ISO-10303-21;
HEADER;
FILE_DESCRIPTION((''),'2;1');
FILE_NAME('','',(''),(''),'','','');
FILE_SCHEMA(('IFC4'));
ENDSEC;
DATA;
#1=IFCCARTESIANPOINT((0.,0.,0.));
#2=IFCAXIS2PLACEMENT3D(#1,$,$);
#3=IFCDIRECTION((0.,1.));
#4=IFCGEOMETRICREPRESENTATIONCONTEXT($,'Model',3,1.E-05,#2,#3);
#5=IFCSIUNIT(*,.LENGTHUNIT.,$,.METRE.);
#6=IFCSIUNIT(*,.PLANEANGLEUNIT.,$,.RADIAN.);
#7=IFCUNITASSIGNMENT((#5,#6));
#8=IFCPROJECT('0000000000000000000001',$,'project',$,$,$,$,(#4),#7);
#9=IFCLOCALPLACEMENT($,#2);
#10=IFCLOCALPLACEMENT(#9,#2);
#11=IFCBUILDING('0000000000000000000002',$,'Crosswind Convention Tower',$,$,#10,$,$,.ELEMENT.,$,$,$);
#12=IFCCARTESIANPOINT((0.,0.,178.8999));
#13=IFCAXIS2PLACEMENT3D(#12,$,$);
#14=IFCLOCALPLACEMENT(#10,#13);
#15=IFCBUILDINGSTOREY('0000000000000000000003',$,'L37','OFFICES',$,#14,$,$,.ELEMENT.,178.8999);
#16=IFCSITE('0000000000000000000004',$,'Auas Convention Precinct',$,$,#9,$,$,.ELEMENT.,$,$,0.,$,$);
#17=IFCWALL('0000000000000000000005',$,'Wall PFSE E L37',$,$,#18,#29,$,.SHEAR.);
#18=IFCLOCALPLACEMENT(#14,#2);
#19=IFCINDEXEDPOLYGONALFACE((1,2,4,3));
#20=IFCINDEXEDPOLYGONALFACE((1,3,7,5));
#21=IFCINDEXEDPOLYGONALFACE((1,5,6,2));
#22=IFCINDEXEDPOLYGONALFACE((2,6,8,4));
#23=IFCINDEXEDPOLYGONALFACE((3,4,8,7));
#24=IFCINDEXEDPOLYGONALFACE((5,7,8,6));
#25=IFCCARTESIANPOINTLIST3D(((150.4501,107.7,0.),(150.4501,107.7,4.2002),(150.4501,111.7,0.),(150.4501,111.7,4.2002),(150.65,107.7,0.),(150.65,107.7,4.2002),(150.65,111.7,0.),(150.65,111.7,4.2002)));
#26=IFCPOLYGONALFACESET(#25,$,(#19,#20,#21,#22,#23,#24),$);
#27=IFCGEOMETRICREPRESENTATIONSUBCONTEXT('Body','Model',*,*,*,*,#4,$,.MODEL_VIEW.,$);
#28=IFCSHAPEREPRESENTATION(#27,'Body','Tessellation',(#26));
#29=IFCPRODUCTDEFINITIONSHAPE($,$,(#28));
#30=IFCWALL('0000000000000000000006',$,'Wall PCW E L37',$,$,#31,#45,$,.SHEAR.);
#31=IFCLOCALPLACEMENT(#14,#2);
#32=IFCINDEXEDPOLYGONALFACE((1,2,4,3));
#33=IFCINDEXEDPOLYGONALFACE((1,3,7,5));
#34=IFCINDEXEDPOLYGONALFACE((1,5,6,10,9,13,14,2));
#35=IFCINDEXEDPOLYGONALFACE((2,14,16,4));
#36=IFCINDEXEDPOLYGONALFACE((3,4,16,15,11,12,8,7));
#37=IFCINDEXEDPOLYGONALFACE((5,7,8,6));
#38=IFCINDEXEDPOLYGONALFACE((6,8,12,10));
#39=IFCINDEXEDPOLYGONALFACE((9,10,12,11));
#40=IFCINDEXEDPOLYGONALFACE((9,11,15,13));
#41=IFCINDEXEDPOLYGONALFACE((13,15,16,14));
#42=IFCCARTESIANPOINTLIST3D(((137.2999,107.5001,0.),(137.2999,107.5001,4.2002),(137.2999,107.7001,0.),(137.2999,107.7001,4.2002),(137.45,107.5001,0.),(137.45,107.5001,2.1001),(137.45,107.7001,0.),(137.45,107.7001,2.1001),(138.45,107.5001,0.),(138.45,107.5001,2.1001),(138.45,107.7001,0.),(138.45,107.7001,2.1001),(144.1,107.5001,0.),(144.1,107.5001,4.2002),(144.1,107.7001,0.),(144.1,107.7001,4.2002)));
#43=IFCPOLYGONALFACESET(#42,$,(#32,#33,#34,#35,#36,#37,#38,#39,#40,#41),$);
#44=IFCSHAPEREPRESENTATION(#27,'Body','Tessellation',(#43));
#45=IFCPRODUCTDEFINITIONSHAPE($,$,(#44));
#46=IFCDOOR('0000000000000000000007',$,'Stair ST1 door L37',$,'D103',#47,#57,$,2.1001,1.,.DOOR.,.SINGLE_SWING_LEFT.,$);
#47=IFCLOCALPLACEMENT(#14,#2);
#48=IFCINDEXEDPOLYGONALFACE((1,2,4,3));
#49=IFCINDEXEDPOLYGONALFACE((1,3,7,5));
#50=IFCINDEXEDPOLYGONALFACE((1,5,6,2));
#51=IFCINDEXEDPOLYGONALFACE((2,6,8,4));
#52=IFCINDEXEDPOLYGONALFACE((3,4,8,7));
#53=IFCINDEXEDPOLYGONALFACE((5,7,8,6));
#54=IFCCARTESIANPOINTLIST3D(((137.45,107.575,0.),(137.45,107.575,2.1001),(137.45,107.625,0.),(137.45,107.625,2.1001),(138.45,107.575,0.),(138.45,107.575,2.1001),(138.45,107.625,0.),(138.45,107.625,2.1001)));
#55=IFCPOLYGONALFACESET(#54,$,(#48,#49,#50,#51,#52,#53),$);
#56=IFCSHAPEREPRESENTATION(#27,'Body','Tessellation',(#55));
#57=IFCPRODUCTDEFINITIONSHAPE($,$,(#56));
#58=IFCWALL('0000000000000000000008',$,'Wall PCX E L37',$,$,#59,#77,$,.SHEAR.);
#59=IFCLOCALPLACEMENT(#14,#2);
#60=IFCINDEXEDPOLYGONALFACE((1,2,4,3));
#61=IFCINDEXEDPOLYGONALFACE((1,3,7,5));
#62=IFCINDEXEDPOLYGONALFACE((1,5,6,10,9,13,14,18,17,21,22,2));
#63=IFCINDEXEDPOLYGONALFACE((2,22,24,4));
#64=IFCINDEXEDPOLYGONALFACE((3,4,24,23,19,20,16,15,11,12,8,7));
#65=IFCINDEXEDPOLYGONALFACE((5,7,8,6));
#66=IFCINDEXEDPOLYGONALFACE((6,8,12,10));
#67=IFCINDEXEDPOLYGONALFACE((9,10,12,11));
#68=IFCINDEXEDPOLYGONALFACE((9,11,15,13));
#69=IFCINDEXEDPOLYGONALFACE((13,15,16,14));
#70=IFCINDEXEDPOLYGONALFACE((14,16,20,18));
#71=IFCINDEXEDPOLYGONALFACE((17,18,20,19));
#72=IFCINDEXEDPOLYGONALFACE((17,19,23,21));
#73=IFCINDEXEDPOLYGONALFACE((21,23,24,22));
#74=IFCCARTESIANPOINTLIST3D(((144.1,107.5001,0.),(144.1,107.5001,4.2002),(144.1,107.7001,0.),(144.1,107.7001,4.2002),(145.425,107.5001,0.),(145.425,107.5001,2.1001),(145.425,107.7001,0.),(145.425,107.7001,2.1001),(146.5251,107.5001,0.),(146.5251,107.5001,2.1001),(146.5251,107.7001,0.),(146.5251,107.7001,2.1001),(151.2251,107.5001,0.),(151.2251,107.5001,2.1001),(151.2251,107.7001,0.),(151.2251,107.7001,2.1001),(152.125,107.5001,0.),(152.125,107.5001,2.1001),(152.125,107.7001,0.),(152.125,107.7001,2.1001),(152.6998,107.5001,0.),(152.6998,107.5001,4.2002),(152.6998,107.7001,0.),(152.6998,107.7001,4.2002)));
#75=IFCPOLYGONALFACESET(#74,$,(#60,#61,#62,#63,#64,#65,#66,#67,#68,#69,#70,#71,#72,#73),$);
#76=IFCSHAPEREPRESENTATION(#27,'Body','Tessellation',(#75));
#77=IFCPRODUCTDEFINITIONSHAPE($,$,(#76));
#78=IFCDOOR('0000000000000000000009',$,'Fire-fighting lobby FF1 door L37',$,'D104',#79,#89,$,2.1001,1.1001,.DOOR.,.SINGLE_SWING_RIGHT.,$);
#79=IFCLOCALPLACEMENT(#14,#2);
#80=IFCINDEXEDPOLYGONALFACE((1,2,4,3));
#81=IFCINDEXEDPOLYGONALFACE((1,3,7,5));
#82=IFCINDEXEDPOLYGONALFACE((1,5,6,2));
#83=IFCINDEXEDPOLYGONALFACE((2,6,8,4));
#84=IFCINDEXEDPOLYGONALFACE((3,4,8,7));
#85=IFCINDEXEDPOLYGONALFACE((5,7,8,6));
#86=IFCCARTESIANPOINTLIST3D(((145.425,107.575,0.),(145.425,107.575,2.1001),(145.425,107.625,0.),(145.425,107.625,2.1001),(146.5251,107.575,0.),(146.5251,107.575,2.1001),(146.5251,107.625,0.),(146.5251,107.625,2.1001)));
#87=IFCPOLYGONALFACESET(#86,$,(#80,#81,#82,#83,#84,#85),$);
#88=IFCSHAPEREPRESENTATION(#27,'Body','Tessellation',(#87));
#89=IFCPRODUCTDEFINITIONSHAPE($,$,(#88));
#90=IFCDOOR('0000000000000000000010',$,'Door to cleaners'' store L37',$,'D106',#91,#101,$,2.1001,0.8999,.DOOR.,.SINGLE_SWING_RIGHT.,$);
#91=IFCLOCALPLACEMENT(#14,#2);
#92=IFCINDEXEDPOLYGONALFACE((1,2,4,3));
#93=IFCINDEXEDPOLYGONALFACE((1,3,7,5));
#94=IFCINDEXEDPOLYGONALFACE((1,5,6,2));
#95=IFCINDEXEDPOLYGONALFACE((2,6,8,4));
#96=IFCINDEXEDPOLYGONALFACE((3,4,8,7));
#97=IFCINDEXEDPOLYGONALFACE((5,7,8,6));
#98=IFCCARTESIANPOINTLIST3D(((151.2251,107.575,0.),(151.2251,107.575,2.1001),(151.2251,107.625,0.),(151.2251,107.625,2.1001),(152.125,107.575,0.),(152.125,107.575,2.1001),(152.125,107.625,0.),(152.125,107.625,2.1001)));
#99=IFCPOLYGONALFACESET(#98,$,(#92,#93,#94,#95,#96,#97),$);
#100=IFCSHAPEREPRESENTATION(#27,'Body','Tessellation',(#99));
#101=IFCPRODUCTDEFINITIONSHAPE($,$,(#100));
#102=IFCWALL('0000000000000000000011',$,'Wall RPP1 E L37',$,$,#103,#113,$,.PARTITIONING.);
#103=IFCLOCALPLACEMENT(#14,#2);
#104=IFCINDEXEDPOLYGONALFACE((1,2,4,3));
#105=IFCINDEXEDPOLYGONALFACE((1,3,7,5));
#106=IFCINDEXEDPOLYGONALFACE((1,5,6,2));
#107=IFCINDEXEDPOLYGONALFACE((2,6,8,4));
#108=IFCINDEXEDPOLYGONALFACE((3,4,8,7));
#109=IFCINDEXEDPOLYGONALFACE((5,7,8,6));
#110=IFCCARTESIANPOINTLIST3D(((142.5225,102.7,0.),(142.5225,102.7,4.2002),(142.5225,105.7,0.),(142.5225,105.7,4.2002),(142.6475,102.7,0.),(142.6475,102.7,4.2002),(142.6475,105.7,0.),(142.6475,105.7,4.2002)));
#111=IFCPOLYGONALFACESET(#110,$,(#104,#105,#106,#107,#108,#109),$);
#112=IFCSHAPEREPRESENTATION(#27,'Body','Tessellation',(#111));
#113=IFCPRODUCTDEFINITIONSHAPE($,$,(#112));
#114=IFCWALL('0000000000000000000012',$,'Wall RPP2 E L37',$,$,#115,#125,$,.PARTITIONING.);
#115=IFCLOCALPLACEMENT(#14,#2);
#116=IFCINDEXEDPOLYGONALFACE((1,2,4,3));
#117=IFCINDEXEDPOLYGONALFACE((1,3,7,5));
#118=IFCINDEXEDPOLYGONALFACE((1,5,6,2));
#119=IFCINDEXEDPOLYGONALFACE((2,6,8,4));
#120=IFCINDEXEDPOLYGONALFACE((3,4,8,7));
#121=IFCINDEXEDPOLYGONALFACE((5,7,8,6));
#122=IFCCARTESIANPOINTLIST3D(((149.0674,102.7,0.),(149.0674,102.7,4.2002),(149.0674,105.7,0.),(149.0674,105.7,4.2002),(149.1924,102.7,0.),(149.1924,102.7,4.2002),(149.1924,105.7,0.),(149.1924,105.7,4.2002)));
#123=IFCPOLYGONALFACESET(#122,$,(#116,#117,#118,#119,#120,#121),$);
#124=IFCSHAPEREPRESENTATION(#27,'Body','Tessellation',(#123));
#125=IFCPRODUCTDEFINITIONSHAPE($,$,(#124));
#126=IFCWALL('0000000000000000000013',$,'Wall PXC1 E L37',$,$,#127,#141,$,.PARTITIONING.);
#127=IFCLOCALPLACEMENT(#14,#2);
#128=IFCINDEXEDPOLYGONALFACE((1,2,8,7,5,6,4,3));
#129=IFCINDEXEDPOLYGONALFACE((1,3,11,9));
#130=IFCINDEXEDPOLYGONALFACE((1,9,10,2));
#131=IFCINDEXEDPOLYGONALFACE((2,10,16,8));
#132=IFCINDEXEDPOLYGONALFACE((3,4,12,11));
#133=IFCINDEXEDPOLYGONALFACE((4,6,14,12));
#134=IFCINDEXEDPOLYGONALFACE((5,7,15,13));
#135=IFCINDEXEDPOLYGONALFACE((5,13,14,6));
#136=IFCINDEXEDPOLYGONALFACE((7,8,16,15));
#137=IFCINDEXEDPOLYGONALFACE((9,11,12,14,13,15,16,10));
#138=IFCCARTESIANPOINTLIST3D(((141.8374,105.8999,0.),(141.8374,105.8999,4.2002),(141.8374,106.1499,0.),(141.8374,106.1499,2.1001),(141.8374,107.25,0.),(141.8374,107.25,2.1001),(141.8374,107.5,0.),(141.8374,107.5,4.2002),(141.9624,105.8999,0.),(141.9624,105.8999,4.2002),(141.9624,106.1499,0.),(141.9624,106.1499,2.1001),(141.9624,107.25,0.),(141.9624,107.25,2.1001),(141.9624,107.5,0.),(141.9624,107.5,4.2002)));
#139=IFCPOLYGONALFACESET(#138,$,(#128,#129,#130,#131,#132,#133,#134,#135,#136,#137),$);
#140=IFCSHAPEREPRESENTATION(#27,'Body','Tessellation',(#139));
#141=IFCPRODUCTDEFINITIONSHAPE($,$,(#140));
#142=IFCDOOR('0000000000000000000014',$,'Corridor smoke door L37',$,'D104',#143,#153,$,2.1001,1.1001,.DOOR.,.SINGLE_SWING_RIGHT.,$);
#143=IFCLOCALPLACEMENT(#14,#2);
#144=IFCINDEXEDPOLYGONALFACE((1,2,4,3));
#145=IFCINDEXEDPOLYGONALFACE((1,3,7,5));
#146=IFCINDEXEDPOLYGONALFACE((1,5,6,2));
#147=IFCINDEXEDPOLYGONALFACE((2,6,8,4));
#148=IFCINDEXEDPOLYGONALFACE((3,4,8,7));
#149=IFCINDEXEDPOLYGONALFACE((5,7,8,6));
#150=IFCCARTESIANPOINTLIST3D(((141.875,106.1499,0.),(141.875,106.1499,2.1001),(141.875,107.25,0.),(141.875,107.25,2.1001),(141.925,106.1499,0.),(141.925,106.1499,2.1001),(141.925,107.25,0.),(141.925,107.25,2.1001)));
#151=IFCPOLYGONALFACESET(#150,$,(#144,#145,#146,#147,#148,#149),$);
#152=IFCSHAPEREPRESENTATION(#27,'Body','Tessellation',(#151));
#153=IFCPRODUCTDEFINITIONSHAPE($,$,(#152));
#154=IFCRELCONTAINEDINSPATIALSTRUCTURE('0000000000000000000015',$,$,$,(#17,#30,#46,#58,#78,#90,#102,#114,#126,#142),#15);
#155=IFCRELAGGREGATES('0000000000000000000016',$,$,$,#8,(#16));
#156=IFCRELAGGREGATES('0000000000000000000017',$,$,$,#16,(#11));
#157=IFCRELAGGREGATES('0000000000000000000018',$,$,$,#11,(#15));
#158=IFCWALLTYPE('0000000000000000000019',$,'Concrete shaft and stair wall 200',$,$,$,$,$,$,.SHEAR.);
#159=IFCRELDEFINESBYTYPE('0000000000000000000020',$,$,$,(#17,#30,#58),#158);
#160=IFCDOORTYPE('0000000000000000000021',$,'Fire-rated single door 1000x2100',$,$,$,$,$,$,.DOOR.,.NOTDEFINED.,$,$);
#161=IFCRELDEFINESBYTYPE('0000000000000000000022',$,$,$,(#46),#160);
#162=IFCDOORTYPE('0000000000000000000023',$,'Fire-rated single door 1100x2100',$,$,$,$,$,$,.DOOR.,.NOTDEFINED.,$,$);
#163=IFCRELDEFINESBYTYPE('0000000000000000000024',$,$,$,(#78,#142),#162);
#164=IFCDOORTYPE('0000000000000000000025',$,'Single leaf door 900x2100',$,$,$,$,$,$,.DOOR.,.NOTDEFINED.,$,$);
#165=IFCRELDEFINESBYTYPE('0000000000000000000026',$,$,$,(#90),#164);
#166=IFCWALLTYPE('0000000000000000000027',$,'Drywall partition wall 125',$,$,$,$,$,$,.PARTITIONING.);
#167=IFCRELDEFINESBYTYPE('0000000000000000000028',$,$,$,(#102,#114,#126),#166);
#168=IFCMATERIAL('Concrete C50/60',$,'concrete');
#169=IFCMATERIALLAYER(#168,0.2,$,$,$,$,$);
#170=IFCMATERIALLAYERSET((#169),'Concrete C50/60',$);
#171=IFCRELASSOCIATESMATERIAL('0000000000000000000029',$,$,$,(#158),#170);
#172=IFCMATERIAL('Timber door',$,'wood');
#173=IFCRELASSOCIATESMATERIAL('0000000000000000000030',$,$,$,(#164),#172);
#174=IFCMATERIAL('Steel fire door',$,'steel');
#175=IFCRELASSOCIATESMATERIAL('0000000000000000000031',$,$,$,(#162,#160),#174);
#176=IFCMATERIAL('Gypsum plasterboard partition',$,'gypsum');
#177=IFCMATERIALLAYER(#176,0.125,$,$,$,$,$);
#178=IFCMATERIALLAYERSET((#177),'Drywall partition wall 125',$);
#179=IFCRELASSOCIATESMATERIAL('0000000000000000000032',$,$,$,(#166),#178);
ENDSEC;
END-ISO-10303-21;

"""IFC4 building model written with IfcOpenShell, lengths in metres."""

from ifc_helpers import new_model, si_unit, direction, frame, frame_2d, origin, place, context, subcontext, project, spatial, rectangle, extrude, material, layer, layer_set, type_object, element, fill, save


model = new_model("IFC4")

# Units and contexts
model_context = context("Model", 3, precision=1e-05, world=origin(), true_north=direction((0.0, 1.0)))
body_context = subcontext(model_context, "Body", "Model", "MODEL_VIEW")
ifc_project = project(units=[si_unit("LENGTHUNIT", "METRE"), si_unit("PLANEANGLEUNIT", "RADIAN")], contexts=[model_context])

# Site, building, storey
site_placement = place(None, origin())
site = spatial("IfcSite", under=ifc_project, at=site_placement, Name="Auas Convention Precinct", CompositionType="ELEMENT", RefElevation=0.0)
building_placement = place(site_placement, origin())
building = spatial("IfcBuilding", under=site, at=building_placement, Name="Crosswind Convention Tower", CompositionType="ELEMENT")
storey_placement = place(building_placement, frame((0.0, 0.0, 178.8999)))
storey = spatial("IfcBuildingStorey", under=building, at=storey_placement, Name="L37", Description="OFFICES", CompositionType="ELEMENT", Elevation=178.8999)

# Shared definitions
ifc_material_1 = material(Name="Concrete C50/60", Category="concrete")
ifc_layer_1 = layer(ifc_material_1, 0.2)
ifc_layer_set_1 = layer_set([ifc_layer_1], Name="Concrete C50/60")
wall_type_1 = type_object("IfcWallType", Name="Concrete shaft and stair wall 200", PredefinedType="SHEAR", material=ifc_layer_set_1)

# Shared definitions
ifc_material_2 = material(Name="Timber door", Category="wood")
door_type_1 = type_object("IfcDoorType", Name="Single leaf door 900x2100", OperationType="NOTDEFINED", PredefinedType="DOOR", material=ifc_material_2)

# Shared definitions
ifc_material_3 = material(Name="Steel fire door", Category="steel")
door_type_2 = type_object("IfcDoorType", Name="Fire-rated single door 1100x2100", OperationType="NOTDEFINED", PredefinedType="DOOR", material=ifc_material_3)

# Wall
wall_1_placement = place(storey_placement, frame((150.55, 107.7, 0.0), z_axis=(0.0, 0.0, 1.0), x_axis=(0.0, 1.0, 0.0)))
element("IfcWall", 1, at=wall_1_placement, inside=storey, type_object=wall_type_1, Name="Wall PFSE E L37", PredefinedType="SHEAR", context=body_context, shape_type="SweptSolid", body=[
    extrude(rectangle(XDim=4.0, YDim=0.2, at=frame_2d((2.0, 0.0))), origin(), (0.0, 0.0, 1.0), 4.2002),
])

# Wall, opening, door
wall_2_placement = place(storey_placement, frame((137.3, 107.6001, 0.0), z_axis=(0.0, 0.0, 1.0), x_axis=(1.0, 0.0, 0.0)))
wall_2 = element("IfcWall", 2, at=wall_2_placement, inside=storey, type_object=wall_type_1, Name="Wall PCW E L37", PredefinedType="SHEAR", context=body_context, shape_type="SweptSolid", body=[
    extrude(rectangle(XDim=6.8, YDim=0.2, at=frame_2d((3.3999, 0.0))), origin(), (0.0, 0.0, 1.0), 4.2002),
])
opening_1_placement = place(wall_2_placement, frame((0.1499, 0.0, 0.0)))
opening_1 = element("IfcOpeningElement", 3, at=opening_1_placement, cuts=wall_2, PredefinedType="OPENING", context=body_context, shape_type="SweptSolid", body=[
    extrude(rectangle(XDim=1.0, YDim=2.1001, at=frame_2d((0.5, 1.05))), frame((0.0, 0.1099, 0.0), z_axis=(0.0, -1.0, 0.0), x_axis=(1.0, 0.0, 0.0)), (0.0, 0.0, 1.0), 0.22),
])
door_type_3 = type_object("IfcDoorType", Name="Fire-rated single door 1000x2100", OperationType="NOTDEFINED", PredefinedType="DOOR", material=ifc_material_3)
door_1_placement = place(opening_1_placement, origin())
door_1 = element("IfcDoor", 4, at=door_1_placement, inside=storey, type_object=door_type_3, Name="Stair ST1 door L37", ObjectType="D103", OperationType="SINGLE_SWING_LEFT", OverallHeight=2.1001, OverallWidth=1.0, PredefinedType="DOOR", context=body_context, shape_type="SweptSolid", body=[
    extrude(rectangle(XDim=1.0, YDim=2.1001, at=frame_2d((0.5, 1.05))), frame((0.0, 0.0249, 0.0), z_axis=(0.0, -1.0, 0.0), x_axis=(1.0, 0.0, 0.0)), (0.0, 0.0, 1.0), 0.05),
])
fill(opening_1, door_1)

# Wall, openings, doors
wall_3_placement = place(storey_placement, frame((144.1001, 107.6001, 0.0), z_axis=(0.0, 0.0, 1.0), x_axis=(1.0, 0.0, 0.0)))
wall_3 = element("IfcWall", 5, at=wall_3_placement, inside=storey, type_object=wall_type_1, Name="Wall PCX E L37", PredefinedType="SHEAR", context=body_context, shape_type="SweptSolid", body=[
    extrude(rectangle(XDim=8.5999, YDim=0.2, at=frame_2d((4.2998, 0.0))), origin(), (0.0, 0.0, 1.0), 4.2002),
])
opening_2_placement = place(wall_3_placement, frame((1.325, 0.0, 0.0)))
opening_2 = element("IfcOpeningElement", 6, at=opening_2_placement, cuts=wall_3, PredefinedType="OPENING", context=body_context, shape_type="SweptSolid", body=[
    extrude(rectangle(XDim=1.1001, YDim=2.1001, at=frame_2d((0.55, 1.05))), frame((0.0, 0.1099, 0.0), z_axis=(0.0, -1.0, 0.0), x_axis=(1.0, 0.0, 0.0)), (0.0, 0.0, 1.0), 0.22),
])
opening_3_placement = place(wall_3_placement, frame((7.125, 0.0, 0.0)))
opening_3 = element("IfcOpeningElement", 7, at=opening_3_placement, cuts=wall_3, PredefinedType="OPENING", context=body_context, shape_type="SweptSolid", body=[
    extrude(rectangle(XDim=0.8999, YDim=2.1001, at=frame_2d((0.45, 1.05))), frame((0.0, 0.1099, 0.0), z_axis=(0.0, -1.0, 0.0), x_axis=(1.0, 0.0, 0.0)), (0.0, 0.0, 1.0), 0.22),
])
door_2_placement = place(opening_2_placement, origin())
door_2 = element("IfcDoor", 8, at=door_2_placement, inside=storey, type_object=door_type_2, Name="Fire-fighting lobby FF1 door L37", ObjectType="D104", OperationType="SINGLE_SWING_RIGHT", OverallHeight=2.1001, OverallWidth=1.1001, PredefinedType="DOOR", context=body_context, shape_type="SweptSolid", body=[
    extrude(rectangle(XDim=1.1001, YDim=2.1001, at=frame_2d((0.55, 1.05))), frame((0.0, 0.0249, 0.0), z_axis=(0.0, -1.0, 0.0), x_axis=(1.0, 0.0, 0.0)), (0.0, 0.0, 1.0), 0.05),
])
fill(opening_2, door_2)
door_3_placement = place(opening_3_placement, origin())
door_3 = element("IfcDoor", 9, at=door_3_placement, inside=storey, type_object=door_type_1, Name="Door to cleaners' store L37", ObjectType="D106", OperationType="SINGLE_SWING_RIGHT", OverallHeight=2.1001, OverallWidth=0.8999, PredefinedType="DOOR", context=body_context, shape_type="SweptSolid", body=[
    extrude(rectangle(XDim=0.8999, YDim=2.1001, at=frame_2d((0.45, 1.05))), frame((0.0, 0.0249, 0.0), z_axis=(0.0, -1.0, 0.0), x_axis=(1.0, 0.0, 0.0)), (0.0, 0.0, 1.0), 0.05),
])
fill(opening_3, door_3)

# Walls
ifc_material_4 = material(Name="Gypsum plasterboard partition", Category="gypsum")
ifc_layer_2 = layer(ifc_material_4, 0.125)
ifc_layer_set_2 = layer_set([ifc_layer_2], Name="Drywall partition wall 125")
wall_type_2 = type_object("IfcWallType", Name="Drywall partition wall 125", PredefinedType="PARTITIONING", material=ifc_layer_set_2)
for number, where, z_axis, x_axis, name in (
    (10, (142.585, 102.7, 0.0), (0.0, 0.0, 1.0), (0.0, 1.0, 0.0), "Wall RPP1 E L37"),
    (11, (149.1299, 102.7, 0.0), (0.0, 0.0, 1.0), (0.0, 1.0, 0.0), "Wall RPP2 E L37"),
):
    element("IfcWall", number, at=place(storey_placement, frame(where, z_axis=z_axis, x_axis=x_axis)), inside=storey, type_object=wall_type_2, Name=name, PredefinedType="PARTITIONING", context=body_context, shape_type="SweptSolid", body=[
        extrude(rectangle(XDim=3.0, YDim=0.125, at=frame_2d((1.5, 0.0))), origin(), (0.0, 0.0, 1.0), 4.2002),
    ])

# Wall, opening, door
wall_4_placement = place(storey_placement, frame((141.8999, 105.8999, 0.0), z_axis=(0.0, 0.0, 1.0), x_axis=(0.0, 1.0, 0.0)))
wall_4 = element("IfcWall", 12, at=wall_4_placement, inside=storey, type_object=wall_type_2, Name="Wall PXC1 E L37", PredefinedType="PARTITIONING", context=body_context, shape_type="SweptSolid", body=[
    extrude(rectangle(XDim=1.6001, YDim=0.125, at=frame_2d((0.8, 0.0))), origin(), (0.0, 0.0, 1.0), 4.2002),
])
opening_4_placement = place(wall_4_placement, frame((0.25, 0.0, 0.0)))
opening_4 = element("IfcOpeningElement", 13, at=opening_4_placement, cuts=wall_4, PredefinedType="OPENING", context=body_context, shape_type="SweptSolid", body=[
    extrude(rectangle(XDim=1.1001, YDim=2.1001, at=frame_2d((0.55, 1.05))), frame((0.0, 0.0725, 0.0), z_axis=(0.0, -1.0, 0.0), x_axis=(1.0, 0.0, 0.0)), (0.0, 0.0, 1.0), 0.145),
])
door_4_placement = place(opening_4_placement, origin())
door_4 = element("IfcDoor", 14, at=door_4_placement, inside=storey, type_object=door_type_2, Name="Corridor smoke door L37", ObjectType="D104", OperationType="SINGLE_SWING_RIGHT", OverallHeight=2.1001, OverallWidth=1.1001, PredefinedType="DOOR", context=body_context, shape_type="SweptSolid", body=[
    extrude(rectangle(XDim=1.1001, YDim=2.1001, at=frame_2d((0.55, 1.05))), frame((0.0, 0.0249, 0.0), z_axis=(0.0, -1.0, 0.0), x_axis=(1.0, 0.0, 0.0)), (0.0, 0.0, 1.0), 0.05),
])
fill(opening_4, door_4)

save(model, "model.ifc")
